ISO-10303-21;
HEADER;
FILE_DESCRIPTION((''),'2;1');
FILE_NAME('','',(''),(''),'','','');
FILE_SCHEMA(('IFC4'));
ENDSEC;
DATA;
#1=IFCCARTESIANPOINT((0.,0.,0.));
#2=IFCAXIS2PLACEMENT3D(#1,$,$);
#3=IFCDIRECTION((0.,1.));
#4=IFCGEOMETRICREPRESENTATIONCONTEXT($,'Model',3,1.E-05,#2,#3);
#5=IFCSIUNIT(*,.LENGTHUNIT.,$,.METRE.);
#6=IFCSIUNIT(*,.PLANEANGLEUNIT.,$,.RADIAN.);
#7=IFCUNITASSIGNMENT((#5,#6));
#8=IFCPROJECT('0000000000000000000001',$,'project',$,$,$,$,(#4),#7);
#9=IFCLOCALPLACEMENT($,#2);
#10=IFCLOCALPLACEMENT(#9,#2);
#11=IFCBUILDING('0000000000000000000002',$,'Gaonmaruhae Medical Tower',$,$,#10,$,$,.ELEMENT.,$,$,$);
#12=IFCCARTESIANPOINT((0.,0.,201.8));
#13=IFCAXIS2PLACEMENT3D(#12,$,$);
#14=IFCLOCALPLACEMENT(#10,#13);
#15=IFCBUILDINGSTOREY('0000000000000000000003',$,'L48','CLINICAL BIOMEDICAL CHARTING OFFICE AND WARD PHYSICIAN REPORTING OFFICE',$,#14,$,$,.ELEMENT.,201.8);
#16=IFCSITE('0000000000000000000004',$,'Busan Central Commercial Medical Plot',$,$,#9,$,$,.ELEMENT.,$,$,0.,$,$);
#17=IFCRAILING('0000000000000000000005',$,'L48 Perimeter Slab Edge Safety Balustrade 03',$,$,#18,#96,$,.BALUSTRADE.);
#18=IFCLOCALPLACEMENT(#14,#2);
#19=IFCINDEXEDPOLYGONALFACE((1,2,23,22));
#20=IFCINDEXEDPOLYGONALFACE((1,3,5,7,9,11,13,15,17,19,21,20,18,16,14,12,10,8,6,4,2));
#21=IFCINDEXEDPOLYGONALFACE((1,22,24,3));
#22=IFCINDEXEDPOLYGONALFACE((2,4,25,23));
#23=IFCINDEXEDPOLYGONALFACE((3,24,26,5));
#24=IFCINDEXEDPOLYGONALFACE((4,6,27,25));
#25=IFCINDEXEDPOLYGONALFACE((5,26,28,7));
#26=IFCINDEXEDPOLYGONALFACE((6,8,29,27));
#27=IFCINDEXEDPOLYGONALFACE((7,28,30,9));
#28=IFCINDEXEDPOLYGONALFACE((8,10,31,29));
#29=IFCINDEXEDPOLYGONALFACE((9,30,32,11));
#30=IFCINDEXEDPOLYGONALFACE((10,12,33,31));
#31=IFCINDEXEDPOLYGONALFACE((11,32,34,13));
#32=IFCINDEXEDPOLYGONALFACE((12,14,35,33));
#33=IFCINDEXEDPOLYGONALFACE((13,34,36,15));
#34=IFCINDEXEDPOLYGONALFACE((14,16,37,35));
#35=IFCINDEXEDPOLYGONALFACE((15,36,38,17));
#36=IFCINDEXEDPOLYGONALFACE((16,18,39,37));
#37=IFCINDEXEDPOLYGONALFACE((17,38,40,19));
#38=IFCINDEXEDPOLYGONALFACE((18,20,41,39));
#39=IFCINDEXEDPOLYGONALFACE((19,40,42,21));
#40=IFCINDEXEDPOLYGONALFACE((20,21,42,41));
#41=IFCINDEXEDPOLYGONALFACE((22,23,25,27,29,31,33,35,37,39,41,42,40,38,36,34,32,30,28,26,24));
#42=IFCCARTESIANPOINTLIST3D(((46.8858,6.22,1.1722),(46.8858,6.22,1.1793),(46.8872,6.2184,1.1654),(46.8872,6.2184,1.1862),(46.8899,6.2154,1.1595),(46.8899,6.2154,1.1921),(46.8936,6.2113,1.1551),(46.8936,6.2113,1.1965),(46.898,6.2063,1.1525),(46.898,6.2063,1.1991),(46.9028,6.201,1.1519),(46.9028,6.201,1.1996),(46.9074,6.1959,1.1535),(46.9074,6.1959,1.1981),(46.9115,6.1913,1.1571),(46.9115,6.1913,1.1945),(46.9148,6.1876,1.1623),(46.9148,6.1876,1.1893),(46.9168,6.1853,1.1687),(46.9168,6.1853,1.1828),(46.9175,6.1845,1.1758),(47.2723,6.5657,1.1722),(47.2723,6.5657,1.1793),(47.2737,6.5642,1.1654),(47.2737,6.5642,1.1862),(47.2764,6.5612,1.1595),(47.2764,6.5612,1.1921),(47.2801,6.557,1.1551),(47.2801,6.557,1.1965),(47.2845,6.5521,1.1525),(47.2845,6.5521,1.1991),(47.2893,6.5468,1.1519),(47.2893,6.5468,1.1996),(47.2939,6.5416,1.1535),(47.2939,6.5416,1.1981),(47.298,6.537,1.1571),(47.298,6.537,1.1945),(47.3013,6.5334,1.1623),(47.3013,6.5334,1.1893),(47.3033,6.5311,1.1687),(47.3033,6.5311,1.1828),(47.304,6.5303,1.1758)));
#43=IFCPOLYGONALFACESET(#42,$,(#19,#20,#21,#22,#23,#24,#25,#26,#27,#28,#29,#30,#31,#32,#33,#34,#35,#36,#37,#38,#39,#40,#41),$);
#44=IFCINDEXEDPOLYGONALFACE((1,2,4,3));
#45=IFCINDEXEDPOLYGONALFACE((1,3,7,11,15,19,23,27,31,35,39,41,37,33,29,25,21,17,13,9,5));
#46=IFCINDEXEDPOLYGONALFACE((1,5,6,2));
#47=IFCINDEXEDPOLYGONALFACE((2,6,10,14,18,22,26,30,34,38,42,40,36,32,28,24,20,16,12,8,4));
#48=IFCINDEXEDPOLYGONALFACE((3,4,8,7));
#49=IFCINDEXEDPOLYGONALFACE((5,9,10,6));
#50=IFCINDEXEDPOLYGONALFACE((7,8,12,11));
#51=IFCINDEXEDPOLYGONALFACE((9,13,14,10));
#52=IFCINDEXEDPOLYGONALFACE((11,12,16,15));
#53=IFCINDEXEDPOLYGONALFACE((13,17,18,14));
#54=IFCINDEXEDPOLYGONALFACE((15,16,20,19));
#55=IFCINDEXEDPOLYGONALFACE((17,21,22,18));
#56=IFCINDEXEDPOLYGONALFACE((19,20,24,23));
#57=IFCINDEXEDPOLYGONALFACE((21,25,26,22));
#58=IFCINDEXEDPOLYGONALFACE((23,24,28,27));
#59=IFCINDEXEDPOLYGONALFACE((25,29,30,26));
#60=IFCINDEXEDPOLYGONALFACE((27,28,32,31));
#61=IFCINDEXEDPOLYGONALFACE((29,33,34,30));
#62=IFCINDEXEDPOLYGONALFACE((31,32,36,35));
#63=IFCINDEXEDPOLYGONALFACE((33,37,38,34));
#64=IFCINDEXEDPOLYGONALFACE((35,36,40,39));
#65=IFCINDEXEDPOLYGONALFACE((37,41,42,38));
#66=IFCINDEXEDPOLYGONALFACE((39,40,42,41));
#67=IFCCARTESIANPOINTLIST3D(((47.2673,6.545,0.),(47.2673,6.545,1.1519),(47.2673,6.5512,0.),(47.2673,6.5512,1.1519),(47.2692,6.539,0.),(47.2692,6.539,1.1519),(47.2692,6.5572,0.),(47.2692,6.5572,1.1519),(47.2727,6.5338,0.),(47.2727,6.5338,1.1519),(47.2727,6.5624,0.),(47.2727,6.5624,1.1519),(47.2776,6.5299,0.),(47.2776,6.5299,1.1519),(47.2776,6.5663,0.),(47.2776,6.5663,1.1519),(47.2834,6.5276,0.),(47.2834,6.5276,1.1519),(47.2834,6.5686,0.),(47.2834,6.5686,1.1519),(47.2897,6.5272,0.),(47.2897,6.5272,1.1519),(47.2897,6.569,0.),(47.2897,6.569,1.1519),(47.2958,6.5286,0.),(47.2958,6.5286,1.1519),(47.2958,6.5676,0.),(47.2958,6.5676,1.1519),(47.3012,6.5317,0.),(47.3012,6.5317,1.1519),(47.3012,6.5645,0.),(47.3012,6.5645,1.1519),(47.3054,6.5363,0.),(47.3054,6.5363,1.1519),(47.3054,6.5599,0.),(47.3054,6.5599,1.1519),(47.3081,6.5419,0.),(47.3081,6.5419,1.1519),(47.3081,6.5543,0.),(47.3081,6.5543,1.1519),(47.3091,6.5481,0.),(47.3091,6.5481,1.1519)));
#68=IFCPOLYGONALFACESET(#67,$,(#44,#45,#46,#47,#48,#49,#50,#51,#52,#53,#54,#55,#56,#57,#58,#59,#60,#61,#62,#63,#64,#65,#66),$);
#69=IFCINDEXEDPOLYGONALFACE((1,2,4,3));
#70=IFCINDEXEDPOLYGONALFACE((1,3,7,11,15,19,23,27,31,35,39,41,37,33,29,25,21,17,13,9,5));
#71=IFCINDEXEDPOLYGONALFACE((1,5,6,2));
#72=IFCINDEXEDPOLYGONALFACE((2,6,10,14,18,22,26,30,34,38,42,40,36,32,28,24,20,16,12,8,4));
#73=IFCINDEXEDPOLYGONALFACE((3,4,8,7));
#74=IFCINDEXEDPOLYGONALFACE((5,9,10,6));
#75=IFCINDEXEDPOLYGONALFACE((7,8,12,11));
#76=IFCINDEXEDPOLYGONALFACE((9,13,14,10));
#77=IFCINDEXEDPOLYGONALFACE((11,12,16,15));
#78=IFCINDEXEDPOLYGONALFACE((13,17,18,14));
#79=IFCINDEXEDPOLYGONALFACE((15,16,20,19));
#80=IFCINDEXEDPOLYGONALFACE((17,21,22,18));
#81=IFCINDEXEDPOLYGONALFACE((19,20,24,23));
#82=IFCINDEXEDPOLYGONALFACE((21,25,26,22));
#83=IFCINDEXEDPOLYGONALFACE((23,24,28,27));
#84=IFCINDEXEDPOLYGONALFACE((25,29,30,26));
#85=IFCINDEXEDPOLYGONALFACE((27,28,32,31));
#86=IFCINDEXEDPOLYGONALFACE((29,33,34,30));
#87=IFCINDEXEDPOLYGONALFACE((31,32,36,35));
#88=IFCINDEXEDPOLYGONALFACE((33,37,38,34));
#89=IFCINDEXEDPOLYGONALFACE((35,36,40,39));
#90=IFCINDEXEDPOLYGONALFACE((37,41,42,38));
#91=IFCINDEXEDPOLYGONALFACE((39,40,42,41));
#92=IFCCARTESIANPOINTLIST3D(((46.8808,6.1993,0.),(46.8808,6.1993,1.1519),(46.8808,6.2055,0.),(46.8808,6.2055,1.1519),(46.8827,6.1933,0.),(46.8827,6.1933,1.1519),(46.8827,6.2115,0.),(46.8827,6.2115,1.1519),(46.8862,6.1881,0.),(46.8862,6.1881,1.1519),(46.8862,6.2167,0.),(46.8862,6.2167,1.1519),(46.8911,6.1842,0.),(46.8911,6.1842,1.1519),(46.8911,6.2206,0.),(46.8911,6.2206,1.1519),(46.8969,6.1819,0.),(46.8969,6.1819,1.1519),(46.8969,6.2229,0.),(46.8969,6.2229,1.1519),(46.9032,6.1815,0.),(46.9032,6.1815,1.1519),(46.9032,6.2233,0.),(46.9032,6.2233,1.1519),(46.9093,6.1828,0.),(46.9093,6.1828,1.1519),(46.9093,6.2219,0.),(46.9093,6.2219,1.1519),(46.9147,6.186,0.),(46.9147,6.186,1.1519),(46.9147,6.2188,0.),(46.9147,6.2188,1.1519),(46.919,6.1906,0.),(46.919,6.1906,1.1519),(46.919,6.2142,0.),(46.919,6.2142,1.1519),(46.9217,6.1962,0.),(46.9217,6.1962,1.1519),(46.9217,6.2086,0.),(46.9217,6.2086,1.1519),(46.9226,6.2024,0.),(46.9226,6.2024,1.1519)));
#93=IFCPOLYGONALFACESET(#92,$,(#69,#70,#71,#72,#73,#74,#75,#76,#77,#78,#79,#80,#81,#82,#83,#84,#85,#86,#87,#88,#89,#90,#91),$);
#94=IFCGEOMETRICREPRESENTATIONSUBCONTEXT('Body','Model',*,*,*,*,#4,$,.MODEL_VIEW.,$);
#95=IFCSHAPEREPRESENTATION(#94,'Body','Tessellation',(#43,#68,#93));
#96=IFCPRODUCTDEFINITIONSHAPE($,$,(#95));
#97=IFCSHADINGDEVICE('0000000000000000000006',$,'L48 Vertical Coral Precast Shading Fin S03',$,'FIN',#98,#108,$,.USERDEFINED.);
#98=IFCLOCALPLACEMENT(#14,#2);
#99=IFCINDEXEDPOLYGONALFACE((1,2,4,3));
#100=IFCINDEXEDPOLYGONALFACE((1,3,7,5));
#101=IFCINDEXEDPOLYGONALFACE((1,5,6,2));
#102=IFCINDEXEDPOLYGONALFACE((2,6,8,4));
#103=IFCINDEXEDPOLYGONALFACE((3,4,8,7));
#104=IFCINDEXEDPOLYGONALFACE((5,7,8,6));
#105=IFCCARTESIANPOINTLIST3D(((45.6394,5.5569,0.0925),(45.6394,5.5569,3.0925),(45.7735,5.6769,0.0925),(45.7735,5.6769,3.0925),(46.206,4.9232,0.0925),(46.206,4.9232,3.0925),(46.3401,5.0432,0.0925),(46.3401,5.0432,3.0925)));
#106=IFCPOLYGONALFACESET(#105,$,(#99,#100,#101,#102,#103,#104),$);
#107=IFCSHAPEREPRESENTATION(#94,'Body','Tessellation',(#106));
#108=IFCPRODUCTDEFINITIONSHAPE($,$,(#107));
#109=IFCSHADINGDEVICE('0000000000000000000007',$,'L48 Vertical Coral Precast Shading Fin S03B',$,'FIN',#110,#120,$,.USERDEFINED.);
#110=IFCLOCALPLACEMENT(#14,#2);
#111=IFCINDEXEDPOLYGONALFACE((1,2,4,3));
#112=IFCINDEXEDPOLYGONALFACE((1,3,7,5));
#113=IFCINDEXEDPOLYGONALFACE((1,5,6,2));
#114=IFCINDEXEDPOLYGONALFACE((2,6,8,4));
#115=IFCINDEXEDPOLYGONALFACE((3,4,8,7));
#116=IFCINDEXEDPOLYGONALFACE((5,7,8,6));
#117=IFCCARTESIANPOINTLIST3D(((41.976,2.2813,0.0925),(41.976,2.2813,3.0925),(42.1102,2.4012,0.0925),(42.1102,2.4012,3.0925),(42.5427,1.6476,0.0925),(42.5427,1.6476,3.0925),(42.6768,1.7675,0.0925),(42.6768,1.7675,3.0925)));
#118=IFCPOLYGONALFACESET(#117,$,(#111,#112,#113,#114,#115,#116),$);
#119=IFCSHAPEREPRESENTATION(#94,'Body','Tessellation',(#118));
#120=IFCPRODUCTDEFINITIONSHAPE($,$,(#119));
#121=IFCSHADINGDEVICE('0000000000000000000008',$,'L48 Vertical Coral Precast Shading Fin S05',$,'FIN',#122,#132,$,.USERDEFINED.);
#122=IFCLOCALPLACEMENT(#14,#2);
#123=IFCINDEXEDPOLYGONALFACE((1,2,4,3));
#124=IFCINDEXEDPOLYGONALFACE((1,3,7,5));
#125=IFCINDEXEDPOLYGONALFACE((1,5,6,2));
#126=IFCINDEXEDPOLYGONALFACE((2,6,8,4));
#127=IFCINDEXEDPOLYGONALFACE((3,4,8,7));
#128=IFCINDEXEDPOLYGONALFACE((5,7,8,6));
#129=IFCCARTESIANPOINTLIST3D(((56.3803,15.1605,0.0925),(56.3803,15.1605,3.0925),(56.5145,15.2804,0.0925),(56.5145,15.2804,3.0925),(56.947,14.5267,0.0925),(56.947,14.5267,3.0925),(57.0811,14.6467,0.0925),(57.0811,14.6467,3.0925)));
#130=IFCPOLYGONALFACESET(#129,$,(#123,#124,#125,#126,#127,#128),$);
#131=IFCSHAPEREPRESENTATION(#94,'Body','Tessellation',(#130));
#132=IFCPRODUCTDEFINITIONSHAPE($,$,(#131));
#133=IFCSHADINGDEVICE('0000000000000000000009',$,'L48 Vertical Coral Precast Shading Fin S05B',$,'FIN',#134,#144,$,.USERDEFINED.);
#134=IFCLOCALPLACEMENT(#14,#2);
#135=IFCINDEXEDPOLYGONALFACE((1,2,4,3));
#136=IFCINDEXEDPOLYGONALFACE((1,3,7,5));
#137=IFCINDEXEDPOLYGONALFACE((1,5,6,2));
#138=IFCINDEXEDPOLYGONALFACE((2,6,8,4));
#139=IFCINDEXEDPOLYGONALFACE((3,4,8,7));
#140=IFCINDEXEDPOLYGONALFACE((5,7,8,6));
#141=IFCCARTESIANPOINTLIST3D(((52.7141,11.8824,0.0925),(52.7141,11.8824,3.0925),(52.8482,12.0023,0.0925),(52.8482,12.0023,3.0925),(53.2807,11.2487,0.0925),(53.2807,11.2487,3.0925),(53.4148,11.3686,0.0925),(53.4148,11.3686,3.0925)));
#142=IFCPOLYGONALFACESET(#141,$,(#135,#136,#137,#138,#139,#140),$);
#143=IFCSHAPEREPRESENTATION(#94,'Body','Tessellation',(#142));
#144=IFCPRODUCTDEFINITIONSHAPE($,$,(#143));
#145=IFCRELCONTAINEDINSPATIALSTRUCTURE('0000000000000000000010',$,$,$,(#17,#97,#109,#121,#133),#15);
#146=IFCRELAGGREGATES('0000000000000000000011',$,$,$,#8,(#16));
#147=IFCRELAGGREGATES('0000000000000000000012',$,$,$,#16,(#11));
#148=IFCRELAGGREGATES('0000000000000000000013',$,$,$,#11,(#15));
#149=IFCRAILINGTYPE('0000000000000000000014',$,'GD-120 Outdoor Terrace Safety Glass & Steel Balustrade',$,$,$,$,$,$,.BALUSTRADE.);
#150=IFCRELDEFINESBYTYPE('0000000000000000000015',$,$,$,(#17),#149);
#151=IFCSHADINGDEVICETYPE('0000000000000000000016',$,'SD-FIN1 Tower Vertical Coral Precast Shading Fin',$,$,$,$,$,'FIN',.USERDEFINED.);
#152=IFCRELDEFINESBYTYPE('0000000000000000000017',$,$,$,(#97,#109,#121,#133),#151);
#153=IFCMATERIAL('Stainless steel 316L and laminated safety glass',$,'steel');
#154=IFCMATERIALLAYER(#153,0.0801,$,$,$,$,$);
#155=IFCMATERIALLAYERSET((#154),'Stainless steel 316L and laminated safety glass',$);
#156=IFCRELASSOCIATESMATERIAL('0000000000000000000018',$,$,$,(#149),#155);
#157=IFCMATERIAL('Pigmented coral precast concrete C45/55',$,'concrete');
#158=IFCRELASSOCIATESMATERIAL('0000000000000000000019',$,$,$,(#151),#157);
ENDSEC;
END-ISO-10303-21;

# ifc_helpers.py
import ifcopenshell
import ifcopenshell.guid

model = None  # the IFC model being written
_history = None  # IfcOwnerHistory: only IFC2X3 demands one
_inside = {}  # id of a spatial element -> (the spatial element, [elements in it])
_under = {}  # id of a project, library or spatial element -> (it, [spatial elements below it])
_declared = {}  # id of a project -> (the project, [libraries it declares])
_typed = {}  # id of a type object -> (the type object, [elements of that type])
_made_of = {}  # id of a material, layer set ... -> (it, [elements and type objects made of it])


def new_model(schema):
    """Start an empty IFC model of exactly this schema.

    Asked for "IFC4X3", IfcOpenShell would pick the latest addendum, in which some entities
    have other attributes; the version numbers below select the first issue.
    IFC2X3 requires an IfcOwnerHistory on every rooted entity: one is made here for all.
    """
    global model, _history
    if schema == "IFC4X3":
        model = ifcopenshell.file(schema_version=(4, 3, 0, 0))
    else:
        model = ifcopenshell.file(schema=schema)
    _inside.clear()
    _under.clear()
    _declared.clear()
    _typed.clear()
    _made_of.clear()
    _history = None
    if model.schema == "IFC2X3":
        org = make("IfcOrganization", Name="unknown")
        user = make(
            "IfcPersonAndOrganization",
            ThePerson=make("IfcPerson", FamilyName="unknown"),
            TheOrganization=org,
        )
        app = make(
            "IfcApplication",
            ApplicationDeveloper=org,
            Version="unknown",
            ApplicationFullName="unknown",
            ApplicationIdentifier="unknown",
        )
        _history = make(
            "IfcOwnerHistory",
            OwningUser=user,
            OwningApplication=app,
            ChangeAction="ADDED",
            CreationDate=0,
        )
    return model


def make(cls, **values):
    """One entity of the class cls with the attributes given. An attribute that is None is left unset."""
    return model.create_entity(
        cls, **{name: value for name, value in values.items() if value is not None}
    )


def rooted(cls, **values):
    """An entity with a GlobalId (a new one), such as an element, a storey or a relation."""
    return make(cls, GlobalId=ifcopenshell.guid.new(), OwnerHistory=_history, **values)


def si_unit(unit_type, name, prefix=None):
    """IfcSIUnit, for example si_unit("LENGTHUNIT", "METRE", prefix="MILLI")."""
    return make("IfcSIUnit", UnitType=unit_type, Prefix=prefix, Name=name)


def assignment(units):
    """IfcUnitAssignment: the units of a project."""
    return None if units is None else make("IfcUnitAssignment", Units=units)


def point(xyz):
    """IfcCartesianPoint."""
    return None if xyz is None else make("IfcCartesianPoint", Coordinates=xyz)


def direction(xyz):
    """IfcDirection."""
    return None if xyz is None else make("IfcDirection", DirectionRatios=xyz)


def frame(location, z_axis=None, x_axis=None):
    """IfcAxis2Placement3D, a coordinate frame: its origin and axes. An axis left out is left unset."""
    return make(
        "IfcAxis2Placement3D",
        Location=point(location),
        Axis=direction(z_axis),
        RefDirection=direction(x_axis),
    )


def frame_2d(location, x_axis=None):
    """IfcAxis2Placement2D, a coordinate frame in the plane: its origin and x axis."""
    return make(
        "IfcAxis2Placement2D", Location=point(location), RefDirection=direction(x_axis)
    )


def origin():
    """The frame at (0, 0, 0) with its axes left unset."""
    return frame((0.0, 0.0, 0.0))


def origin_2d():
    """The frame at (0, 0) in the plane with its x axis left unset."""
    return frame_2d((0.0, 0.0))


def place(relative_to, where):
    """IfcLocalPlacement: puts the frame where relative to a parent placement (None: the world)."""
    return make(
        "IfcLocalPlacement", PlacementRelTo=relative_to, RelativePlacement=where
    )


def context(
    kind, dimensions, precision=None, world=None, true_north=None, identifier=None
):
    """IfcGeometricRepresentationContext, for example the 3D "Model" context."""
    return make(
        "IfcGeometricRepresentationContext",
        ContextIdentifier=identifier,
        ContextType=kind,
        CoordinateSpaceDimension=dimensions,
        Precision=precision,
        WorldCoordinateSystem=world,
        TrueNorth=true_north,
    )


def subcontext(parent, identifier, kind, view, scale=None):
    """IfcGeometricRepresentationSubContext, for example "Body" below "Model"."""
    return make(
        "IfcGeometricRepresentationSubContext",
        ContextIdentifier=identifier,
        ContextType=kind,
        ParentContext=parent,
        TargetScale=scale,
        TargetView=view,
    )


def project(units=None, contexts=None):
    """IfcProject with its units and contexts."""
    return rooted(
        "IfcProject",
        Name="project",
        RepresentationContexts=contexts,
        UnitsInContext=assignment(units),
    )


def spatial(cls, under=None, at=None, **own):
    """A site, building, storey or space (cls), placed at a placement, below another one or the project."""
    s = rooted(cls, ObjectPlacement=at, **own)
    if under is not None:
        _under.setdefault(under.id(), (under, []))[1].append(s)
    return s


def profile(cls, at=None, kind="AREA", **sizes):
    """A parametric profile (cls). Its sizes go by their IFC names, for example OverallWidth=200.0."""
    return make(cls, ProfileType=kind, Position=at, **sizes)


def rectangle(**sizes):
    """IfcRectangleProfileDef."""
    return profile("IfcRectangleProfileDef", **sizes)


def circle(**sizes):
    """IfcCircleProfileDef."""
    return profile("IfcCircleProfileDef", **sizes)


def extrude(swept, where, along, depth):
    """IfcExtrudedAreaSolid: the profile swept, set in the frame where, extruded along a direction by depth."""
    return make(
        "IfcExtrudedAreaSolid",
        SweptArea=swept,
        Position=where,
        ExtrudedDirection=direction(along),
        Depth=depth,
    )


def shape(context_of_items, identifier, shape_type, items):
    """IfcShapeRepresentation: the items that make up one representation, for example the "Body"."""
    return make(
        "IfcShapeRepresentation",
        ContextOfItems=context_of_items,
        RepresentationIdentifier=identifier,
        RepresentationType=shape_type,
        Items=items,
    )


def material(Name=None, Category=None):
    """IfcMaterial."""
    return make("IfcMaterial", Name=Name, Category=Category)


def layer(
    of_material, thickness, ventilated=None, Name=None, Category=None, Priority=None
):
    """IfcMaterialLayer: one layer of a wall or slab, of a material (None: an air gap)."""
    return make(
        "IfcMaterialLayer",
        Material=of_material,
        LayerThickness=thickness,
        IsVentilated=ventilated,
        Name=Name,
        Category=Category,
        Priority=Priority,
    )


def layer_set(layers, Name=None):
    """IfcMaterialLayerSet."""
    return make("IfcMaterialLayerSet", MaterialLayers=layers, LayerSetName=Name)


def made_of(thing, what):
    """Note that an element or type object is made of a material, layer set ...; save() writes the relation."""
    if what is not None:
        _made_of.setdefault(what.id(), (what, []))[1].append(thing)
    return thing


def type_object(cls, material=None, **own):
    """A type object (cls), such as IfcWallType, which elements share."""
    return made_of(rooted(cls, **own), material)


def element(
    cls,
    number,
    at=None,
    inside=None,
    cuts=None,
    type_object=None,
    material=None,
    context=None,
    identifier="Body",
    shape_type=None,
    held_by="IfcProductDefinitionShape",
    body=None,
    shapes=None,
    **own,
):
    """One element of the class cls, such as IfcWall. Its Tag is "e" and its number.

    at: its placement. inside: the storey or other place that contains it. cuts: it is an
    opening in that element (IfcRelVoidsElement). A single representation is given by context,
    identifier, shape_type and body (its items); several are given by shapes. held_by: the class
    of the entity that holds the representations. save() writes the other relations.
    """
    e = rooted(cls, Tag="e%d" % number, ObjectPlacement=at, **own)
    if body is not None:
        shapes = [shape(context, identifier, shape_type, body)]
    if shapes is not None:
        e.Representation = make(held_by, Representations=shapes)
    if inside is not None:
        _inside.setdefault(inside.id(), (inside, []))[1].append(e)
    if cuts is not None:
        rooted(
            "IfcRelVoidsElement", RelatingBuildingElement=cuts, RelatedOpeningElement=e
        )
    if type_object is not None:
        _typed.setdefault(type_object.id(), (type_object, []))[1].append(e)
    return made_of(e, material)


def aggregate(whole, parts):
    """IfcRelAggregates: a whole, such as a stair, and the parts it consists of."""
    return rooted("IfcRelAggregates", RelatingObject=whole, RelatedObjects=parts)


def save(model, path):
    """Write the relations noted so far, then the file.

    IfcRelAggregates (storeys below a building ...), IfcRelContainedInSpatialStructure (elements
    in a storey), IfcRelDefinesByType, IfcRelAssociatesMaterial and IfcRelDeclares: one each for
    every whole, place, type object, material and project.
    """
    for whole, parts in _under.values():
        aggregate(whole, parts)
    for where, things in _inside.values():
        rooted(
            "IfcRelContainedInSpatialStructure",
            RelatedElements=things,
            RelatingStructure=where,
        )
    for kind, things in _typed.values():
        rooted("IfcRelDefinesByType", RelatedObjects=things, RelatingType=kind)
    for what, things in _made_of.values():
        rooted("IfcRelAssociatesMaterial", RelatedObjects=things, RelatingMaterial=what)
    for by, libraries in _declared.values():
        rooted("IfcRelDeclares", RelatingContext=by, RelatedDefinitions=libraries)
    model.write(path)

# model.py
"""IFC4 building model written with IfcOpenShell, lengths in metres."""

from ifc_helpers import new_model, si_unit, direction, frame, origin, origin_2d, place, context, subcontext, project, spatial, rectangle, circle, extrude, material, layer, layer_set, type_object, element, save


model = new_model("IFC4")

# Units and contexts
model_context = context("Model", 3, precision=1e-05, world=origin(), true_north=direction((0.0, 1.0)))
body_context = subcontext(model_context, "Body", "Model", "MODEL_VIEW")
ifc_project = project(units=[si_unit("LENGTHUNIT", "METRE"), si_unit("PLANEANGLEUNIT", "RADIAN")], contexts=[model_context])

# Site, building, storey
site_placement = place(None, origin())
site = spatial("IfcSite", under=ifc_project, at=site_placement, Name="Busan Central Commercial Medical Plot", CompositionType="ELEMENT", RefElevation=0.0)
building_placement = place(site_placement, origin())
building = spatial("IfcBuilding", under=site, at=building_placement, Name="Gaonmaruhae Medical Tower", CompositionType="ELEMENT")
storey_placement = place(building_placement, frame((0.0, 0.0, 201.8)))
storey = spatial("IfcBuildingStorey", under=building, at=storey_placement, Name="L48", Description="CLINICAL BIOMEDICAL CHARTING OFFICE AND WARD PHYSICIAN REPORTING OFFICE", CompositionType="ELEMENT", Elevation=201.8)

# Railing
ifc_material_1 = material(Name="Stainless steel 316L and laminated safety glass", Category="steel")
ifc_layer_1 = layer(ifc_material_1, 0.0801)
ifc_layer_set_1 = layer_set([ifc_layer_1], Name="Stainless steel 316L and laminated safety glass")
railing_type = type_object("IfcRailingType", Name="GD-120 Outdoor Terrace Safety Glass & Steel Balustrade", PredefinedType="BALUSTRADE", material=ifc_layer_set_1)
railing_placement = place(storey_placement, frame((47.2881, 6.5481, 0.0)))
element("IfcRailing", 1, at=railing_placement, inside=storey, type_object=railing_type, Name="L48 Perimeter Slab Edge Safety Balustrade 03", PredefinedType="BALUSTRADE", context=body_context, shape_type="SweptSolid", body=[
    extrude(circle(Radius=0.0239, at=origin_2d()), frame((0.0, 0.0, 1.1758), z_axis=(-0.745328, -0.666699, 0.0), x_axis=(0.666699, -0.745328, 0.0)), (0.0, 0.0, 1.0), 0.5186),
    extrude(circle(Radius=0.021, at=origin_2d()), origin(), (0.0, 0.0, 1.0), 1.1519),
    extrude(circle(Radius=0.021, at=origin_2d()), frame((-0.3865, -0.3457, 0.0)), (0.0, 0.0, 1.0), 1.1519),
])

# Shading devices
ifc_material_2 = material(Name="Pigmented coral precast concrete C45/55", Category="concrete")
shading_device_type = type_object("IfcShadingDeviceType", Name="SD-FIN1 Tower Vertical Coral Precast Shading Fin", ElementType="FIN", PredefinedType="USERDEFINED", material=ifc_material_2)
for number, where, z_axis, x_axis, name in (
    (2, (45.9897, 5.3, 0.0925), (0.0, 0.0, 1.0), (-0.745476, -0.666532, 0.0), "L48 Vertical Coral Precast Shading Fin S03"),
    (3, (42.3264, 2.0244, 0.0925), (0.0, 0.0, 1.0), (-0.745476, -0.666532, 0.0), "L48 Vertical Coral Precast Shading Fin S03B"),
    (4, (56.7307, 14.9036, 0.0925), (0.0, 0.0, 1.0), (-0.745464, -0.666545, 0.0), "L48 Vertical Coral Precast Shading Fin S05"),
    (5, (53.0645, 11.6255, 0.0925), (0.0, 0.0, 1.0), (-0.745464, -0.666545, 0.0), "L48 Vertical Coral Precast Shading Fin S05B"),
):
    element("IfcShadingDevice", number, at=place(storey_placement, frame(where, z_axis=z_axis, x_axis=x_axis)), inside=storey, type_object=shading_device_type, Name=name, ObjectType="FIN", PredefinedType="USERDEFINED", context=body_context, shape_type="SweptSolid", body=[
        extrude(rectangle(XDim=0.1799, YDim=0.8501, at=origin_2d()), origin(), (0.0, 0.0, 1.0), 3.0),
    ])

save(model, "model.ifc")
